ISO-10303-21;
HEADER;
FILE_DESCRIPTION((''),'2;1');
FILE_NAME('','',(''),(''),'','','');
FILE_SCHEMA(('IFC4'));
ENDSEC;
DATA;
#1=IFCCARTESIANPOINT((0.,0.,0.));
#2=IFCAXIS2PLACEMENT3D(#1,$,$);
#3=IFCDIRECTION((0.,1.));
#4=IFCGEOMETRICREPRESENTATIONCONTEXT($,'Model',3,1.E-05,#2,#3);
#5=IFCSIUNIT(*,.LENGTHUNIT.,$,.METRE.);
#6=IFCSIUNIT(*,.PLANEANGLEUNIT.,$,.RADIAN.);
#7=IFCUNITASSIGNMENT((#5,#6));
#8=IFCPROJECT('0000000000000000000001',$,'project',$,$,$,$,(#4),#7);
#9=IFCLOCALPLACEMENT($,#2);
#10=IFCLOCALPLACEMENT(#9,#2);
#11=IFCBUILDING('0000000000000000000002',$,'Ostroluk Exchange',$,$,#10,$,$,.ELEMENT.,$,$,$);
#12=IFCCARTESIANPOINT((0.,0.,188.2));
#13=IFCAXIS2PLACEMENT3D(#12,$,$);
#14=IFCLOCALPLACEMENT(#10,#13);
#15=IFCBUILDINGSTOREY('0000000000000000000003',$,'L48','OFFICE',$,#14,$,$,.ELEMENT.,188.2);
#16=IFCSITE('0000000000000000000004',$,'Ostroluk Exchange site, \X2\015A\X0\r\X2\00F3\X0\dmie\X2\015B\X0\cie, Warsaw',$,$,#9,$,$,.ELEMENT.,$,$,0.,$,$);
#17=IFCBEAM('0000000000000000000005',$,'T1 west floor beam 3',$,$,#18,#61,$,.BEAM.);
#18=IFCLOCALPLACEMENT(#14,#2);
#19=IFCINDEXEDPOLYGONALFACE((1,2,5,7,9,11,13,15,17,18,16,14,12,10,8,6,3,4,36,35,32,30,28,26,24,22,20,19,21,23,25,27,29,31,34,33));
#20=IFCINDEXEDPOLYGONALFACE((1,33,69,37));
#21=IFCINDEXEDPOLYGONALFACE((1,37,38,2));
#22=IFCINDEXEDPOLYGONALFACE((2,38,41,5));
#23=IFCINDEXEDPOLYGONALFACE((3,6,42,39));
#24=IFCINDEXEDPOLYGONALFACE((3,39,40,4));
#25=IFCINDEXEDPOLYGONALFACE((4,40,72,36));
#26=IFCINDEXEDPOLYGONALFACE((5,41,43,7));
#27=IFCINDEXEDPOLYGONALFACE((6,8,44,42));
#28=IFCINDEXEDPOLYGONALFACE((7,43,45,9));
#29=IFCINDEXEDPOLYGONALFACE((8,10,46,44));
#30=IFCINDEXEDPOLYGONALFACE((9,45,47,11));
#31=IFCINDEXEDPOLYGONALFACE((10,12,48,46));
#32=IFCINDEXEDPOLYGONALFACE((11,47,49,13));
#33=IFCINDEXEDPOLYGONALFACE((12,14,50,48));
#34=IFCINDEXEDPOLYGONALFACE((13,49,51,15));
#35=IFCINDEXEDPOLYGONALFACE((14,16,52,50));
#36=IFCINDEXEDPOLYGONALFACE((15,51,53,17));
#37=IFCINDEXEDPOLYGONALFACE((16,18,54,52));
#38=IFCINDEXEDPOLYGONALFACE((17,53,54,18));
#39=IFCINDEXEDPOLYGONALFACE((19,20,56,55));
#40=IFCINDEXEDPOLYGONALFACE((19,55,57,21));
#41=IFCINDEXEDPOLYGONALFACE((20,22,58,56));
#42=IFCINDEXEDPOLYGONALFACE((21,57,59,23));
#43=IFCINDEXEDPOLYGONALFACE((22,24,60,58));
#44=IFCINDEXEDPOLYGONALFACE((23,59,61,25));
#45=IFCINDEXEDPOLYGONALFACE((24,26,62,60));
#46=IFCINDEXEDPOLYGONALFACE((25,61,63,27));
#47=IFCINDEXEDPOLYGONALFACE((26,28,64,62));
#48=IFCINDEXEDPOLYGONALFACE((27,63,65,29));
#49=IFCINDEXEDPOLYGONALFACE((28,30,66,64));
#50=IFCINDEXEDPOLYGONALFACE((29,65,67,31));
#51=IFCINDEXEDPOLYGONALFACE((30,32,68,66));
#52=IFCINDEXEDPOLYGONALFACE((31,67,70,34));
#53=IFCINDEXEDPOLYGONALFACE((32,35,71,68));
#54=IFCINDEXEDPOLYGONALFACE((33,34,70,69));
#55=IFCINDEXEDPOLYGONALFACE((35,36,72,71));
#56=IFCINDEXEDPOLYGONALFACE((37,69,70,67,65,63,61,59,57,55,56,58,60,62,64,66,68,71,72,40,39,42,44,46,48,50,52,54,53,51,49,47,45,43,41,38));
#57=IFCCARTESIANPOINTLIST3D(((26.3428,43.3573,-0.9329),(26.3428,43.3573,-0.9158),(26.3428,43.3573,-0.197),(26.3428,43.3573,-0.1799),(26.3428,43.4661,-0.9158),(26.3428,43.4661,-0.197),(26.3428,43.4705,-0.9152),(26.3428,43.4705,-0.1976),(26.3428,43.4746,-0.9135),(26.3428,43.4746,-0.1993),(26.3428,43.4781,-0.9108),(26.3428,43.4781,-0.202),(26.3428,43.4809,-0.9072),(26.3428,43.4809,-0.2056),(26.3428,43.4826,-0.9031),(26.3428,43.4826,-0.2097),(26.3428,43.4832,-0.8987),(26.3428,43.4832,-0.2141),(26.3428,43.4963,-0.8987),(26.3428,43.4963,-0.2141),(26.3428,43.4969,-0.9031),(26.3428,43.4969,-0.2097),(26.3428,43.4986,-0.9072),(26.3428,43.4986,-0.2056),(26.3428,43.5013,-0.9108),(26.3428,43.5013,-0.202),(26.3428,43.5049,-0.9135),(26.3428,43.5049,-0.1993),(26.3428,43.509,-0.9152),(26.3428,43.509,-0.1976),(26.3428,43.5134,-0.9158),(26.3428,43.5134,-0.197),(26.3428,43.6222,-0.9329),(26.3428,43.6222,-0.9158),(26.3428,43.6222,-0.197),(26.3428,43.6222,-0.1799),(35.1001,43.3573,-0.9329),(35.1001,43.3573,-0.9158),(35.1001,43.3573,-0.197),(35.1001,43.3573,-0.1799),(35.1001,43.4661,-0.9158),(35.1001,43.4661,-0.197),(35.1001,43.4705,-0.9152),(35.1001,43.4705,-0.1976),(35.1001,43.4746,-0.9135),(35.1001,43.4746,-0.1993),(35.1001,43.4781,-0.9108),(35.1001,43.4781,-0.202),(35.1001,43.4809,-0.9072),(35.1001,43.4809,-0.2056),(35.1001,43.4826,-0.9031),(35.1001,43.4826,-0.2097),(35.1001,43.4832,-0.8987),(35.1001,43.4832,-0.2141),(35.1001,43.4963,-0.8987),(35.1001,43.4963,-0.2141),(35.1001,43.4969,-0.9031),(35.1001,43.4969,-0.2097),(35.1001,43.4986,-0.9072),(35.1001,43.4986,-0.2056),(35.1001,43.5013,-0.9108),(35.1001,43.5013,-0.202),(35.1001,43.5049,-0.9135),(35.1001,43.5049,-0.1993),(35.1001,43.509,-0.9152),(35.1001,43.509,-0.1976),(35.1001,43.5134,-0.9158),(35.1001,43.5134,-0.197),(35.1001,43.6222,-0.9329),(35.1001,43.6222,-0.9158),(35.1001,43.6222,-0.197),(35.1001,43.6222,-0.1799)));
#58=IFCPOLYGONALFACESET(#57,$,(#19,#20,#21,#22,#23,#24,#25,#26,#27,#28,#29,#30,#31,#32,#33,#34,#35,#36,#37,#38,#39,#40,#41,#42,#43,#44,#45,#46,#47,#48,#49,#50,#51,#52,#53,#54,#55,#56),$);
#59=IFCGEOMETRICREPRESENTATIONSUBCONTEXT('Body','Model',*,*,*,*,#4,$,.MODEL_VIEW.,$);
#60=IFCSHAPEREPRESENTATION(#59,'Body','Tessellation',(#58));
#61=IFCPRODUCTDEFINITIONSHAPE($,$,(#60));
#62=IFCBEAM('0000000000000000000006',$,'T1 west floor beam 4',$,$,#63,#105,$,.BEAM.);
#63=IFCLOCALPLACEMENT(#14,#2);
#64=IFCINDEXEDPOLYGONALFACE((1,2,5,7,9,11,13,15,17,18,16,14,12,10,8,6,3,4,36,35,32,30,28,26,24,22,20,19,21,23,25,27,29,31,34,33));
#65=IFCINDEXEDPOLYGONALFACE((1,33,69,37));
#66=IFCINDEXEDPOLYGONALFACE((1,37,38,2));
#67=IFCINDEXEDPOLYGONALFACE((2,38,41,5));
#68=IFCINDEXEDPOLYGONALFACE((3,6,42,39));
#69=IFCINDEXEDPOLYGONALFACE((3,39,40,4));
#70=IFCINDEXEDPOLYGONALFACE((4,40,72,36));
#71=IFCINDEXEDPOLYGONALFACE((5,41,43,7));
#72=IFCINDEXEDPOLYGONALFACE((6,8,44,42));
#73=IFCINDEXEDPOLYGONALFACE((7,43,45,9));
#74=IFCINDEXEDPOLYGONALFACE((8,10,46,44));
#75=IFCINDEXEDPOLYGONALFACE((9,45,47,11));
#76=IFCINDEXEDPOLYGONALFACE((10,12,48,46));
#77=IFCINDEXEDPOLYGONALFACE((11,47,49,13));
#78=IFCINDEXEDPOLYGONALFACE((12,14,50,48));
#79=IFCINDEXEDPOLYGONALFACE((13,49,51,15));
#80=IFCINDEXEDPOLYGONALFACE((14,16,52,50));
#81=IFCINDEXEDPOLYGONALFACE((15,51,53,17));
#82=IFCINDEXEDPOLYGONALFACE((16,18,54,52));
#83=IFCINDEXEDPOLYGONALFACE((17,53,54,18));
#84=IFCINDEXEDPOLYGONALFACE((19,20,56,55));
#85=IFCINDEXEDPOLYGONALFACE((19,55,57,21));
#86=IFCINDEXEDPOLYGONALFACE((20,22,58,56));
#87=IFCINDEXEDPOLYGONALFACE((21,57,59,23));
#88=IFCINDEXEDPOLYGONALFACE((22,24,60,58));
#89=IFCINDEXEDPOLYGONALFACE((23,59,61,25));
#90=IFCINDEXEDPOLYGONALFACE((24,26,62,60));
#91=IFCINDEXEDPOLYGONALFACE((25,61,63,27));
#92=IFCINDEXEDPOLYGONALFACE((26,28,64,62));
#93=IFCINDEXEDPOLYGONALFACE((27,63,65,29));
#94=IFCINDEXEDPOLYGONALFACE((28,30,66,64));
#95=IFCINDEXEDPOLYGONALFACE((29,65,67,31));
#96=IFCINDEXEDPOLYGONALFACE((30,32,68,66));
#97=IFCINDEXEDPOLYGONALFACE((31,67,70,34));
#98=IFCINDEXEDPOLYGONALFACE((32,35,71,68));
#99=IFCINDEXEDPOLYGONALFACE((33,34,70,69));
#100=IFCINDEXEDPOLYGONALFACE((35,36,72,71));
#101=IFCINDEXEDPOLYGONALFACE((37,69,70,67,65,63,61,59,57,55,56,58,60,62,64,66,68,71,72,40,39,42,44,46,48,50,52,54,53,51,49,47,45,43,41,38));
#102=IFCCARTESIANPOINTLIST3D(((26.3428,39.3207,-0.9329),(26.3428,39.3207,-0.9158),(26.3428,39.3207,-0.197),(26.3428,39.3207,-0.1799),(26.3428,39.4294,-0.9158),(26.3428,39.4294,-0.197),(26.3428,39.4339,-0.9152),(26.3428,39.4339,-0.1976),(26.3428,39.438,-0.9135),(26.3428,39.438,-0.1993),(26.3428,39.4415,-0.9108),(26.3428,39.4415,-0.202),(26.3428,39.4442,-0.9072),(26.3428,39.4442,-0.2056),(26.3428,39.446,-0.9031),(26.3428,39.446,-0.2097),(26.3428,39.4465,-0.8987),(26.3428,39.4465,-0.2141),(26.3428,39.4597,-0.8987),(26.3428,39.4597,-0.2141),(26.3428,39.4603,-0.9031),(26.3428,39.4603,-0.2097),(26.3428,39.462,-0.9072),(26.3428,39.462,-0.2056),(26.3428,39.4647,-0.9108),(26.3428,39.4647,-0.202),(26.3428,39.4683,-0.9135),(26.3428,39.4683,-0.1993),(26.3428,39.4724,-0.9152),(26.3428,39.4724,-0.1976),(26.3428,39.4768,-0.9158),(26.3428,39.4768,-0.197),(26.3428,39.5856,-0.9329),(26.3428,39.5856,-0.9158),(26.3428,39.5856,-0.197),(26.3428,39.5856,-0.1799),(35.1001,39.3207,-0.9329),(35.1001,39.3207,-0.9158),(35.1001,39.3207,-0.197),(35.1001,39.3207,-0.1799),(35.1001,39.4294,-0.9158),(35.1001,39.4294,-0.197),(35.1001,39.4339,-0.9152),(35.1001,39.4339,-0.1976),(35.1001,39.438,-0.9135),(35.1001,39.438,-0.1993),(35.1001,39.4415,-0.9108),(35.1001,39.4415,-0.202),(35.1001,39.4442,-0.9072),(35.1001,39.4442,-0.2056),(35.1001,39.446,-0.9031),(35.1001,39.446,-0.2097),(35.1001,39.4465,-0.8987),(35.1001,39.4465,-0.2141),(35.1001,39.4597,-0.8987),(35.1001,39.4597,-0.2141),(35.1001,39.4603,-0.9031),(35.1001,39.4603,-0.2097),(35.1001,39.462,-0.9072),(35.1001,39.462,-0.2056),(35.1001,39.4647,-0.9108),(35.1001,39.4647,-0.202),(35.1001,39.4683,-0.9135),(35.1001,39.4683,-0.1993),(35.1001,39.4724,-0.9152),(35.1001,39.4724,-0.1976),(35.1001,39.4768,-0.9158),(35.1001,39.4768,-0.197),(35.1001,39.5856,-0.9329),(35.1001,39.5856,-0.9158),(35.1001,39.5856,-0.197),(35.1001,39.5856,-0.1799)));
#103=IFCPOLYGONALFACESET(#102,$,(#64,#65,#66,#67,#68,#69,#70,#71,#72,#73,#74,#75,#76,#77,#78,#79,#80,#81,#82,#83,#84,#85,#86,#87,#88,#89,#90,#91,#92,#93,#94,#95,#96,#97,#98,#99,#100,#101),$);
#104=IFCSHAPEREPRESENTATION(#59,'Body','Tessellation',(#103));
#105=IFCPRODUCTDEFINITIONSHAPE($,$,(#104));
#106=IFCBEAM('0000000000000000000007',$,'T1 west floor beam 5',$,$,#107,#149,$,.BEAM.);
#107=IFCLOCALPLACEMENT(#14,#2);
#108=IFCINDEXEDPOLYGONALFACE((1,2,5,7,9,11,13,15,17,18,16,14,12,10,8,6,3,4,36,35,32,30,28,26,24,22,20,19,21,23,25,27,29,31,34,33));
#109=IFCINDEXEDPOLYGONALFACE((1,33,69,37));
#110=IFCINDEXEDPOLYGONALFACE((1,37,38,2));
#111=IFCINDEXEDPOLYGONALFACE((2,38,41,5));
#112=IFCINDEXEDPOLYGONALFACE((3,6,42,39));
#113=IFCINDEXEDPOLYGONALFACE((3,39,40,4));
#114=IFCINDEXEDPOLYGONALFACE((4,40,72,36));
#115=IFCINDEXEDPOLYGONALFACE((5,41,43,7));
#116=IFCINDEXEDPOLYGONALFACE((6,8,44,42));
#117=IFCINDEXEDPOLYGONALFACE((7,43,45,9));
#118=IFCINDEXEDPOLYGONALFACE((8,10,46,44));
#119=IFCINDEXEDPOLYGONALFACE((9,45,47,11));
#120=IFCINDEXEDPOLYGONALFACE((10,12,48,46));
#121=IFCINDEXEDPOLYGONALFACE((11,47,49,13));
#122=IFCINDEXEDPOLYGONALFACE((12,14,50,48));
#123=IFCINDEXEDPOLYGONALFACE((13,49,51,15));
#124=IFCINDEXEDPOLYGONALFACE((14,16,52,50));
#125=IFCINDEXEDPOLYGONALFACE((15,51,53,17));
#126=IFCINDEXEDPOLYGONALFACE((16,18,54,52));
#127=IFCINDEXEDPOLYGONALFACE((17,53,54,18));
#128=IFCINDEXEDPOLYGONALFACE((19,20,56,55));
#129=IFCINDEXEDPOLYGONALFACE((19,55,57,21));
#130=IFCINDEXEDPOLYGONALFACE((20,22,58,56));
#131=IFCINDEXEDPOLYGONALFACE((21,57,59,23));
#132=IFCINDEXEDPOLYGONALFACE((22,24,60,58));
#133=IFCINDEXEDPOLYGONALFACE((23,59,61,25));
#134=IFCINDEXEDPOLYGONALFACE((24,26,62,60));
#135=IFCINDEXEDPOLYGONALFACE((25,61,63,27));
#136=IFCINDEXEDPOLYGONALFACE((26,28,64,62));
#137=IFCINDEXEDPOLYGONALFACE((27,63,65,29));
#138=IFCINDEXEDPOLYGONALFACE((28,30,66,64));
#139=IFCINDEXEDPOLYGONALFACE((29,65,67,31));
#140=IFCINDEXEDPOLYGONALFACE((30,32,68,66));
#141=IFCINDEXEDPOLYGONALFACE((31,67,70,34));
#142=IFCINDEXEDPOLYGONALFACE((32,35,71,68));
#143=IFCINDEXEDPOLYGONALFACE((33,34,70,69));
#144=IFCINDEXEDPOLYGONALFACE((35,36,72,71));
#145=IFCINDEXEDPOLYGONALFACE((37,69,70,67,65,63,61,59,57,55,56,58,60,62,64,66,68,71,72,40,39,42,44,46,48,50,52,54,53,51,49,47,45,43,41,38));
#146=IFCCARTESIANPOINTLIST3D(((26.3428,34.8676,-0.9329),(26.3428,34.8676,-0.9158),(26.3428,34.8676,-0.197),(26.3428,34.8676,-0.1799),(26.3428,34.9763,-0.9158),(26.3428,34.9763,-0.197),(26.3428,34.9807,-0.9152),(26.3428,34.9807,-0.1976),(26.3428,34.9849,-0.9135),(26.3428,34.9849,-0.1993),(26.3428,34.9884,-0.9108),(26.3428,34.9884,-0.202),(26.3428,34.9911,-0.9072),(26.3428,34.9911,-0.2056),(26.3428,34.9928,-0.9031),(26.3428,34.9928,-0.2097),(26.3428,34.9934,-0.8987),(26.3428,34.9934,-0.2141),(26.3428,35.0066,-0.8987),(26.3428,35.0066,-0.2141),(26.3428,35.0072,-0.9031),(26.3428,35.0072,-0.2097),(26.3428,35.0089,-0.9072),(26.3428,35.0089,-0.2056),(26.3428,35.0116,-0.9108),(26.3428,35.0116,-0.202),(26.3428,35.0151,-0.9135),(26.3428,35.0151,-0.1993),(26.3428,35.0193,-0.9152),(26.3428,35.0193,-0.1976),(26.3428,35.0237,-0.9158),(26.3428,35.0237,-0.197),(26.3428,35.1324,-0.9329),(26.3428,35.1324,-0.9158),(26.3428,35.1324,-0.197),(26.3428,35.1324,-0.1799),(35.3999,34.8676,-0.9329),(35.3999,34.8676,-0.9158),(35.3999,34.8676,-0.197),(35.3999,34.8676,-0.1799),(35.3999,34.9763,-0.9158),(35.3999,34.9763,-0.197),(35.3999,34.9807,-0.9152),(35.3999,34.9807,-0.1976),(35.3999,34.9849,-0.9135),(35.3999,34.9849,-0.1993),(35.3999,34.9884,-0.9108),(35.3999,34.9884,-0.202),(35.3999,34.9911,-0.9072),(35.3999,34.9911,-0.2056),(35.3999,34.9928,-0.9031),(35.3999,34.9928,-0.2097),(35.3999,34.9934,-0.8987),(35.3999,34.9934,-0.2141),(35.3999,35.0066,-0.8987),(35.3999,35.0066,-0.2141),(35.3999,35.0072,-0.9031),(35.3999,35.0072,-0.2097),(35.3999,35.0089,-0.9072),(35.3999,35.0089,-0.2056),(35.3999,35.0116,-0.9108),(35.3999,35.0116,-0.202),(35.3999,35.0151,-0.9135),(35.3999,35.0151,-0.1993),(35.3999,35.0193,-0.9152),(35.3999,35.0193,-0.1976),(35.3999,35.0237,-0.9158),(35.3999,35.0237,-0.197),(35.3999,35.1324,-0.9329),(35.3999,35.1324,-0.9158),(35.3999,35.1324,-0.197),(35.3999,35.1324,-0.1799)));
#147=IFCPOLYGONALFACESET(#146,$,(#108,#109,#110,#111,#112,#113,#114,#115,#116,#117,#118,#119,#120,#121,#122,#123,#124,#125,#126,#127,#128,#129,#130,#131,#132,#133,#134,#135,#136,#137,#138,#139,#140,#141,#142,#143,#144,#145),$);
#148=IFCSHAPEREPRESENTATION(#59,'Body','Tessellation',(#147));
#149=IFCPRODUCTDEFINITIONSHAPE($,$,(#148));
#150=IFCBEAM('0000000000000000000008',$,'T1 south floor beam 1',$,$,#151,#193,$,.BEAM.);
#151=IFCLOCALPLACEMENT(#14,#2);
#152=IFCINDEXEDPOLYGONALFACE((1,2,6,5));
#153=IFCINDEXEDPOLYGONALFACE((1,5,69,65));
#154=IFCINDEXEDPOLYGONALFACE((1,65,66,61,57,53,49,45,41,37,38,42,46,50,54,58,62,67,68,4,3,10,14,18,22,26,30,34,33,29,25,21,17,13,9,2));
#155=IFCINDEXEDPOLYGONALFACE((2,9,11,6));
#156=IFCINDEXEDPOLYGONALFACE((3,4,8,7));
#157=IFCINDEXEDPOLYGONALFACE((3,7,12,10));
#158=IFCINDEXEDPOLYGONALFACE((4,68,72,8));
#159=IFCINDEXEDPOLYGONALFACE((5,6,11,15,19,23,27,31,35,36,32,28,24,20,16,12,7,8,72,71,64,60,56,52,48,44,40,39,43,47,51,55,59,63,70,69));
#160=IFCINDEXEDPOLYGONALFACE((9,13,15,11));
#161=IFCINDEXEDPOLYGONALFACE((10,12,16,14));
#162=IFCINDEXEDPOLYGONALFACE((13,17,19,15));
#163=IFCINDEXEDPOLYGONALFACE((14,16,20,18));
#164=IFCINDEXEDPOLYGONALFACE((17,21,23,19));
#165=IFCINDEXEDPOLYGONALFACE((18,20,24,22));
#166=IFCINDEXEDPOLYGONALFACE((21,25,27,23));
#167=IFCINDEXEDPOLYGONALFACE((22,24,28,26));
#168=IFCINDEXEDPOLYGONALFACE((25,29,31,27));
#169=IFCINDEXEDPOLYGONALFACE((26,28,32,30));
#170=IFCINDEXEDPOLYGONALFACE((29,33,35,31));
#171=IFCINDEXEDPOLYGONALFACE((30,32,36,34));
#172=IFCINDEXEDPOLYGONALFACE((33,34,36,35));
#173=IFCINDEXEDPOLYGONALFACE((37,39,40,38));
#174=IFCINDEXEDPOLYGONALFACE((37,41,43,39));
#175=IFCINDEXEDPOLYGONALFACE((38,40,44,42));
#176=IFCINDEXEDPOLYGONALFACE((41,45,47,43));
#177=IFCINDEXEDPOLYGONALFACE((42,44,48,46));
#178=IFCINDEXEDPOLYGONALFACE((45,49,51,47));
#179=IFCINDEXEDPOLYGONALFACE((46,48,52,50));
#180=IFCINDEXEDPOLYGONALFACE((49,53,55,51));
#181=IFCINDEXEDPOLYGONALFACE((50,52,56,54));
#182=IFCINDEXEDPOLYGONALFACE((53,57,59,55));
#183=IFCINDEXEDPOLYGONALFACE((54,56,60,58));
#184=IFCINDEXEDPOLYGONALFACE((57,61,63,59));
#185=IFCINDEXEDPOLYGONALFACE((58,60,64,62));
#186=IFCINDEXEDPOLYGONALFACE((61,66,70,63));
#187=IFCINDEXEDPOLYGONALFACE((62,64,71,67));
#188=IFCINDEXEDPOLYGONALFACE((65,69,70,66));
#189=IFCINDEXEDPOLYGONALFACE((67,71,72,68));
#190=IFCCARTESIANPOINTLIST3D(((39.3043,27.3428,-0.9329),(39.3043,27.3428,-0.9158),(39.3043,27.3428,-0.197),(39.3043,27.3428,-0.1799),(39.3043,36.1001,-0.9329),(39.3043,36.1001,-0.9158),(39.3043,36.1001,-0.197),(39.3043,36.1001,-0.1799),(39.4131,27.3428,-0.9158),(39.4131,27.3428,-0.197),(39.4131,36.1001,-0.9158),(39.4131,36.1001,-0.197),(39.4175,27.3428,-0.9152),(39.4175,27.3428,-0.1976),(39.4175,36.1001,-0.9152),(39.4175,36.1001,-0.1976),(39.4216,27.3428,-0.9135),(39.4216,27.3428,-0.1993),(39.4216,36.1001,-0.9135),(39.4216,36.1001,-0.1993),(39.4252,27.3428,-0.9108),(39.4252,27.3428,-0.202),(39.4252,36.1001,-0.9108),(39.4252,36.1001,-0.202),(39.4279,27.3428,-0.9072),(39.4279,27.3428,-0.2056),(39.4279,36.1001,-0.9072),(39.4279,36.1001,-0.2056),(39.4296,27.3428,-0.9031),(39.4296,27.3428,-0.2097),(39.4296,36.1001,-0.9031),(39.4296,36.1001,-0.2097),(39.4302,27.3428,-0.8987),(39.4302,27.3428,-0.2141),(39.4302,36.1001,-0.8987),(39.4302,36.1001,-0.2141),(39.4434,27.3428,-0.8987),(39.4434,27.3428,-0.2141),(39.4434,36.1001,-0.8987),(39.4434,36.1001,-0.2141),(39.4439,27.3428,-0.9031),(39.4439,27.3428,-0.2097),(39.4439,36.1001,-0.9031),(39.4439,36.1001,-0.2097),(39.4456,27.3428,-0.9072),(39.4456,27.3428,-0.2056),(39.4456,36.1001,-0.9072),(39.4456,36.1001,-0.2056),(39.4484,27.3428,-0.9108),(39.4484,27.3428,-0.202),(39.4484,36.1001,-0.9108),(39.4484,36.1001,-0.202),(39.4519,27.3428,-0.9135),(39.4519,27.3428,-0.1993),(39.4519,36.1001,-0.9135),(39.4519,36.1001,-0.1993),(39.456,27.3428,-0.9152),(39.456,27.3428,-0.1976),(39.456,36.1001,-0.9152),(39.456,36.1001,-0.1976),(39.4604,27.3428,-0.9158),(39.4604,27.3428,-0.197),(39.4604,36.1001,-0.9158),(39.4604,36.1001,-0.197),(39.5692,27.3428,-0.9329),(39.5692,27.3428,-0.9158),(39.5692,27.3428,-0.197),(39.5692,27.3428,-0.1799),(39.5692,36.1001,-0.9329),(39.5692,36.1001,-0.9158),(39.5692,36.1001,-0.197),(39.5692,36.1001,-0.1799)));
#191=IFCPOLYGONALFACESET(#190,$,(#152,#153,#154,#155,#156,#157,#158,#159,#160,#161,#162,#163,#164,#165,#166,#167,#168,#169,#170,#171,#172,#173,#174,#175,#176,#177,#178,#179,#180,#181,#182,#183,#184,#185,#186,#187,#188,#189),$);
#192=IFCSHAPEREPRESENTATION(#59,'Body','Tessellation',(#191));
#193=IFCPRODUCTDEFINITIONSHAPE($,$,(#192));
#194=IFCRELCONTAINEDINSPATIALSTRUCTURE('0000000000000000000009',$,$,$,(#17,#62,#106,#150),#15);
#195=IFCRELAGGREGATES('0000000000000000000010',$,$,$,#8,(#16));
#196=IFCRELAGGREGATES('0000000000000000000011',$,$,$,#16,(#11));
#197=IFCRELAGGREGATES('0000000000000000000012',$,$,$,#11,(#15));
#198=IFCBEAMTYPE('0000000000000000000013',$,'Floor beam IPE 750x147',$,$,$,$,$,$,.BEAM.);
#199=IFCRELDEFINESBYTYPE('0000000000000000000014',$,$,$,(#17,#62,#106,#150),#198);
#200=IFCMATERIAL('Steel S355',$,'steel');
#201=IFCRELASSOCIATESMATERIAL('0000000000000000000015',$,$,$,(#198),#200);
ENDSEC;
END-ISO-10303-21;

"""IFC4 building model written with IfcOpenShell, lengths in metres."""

from ifc_helpers import new_model, si_unit, direction, frame, origin, origin_2d, place, context, subcontext, project, spatial, i_section, extrude, material, material_profile, profile_set, type_object, element, save


model = new_model("IFC4")

# Units and contexts
model_context = context("Model", 3, precision=1e-05, world=origin(), true_north=direction((0.0, 1.0)))
body_context = subcontext(model_context, "Body", "Model", "MODEL_VIEW")
ifc_project = project(units=[si_unit("LENGTHUNIT", "METRE"), si_unit("PLANEANGLEUNIT", "RADIAN")], contexts=[model_context])

# Site, building, storey
site_placement = place(None, origin())
site = spatial("IfcSite", under=ifc_project, at=site_placement, Name="Ostroluk Exchange site, Śródmieście, Warsaw", CompositionType="ELEMENT", RefElevation=0.0)
building_placement = place(site_placement, origin())
building = spatial("IfcBuilding", under=site, at=building_placement, Name="Ostroluk Exchange", CompositionType="ELEMENT")
storey_placement = place(building_placement, frame((0.0, 0.0, 188.2)))
storey = spatial("IfcBuildingStorey", under=building, at=storey_placement, Name="L48", Description="OFFICE", CompositionType="ELEMENT", Elevation=188.2)

# Beams
ifc_material_1 = material(Name="Steel S355", Category="steel")
ifc_material_profile_1 = material_profile(ifc_material_1, i_section(OverallWidth=0.2649, OverallDepth=0.7529, WebThickness=0.0132, FlangeThickness=0.0171, FilletRadius=0.0171, at=origin_2d()), Name="IPE 750x147")
ifc_profile_set_1 = profile_set([ifc_material_profile_1], Name="Steel S355")
beam_type_1 = type_object("IfcBeamType", Name="Floor beam IPE 750x147", PredefinedType="BEAM", material=ifc_profile_set_1)
for number, where, z_axis, x_axis, name in (
    (1, (35.1001, 43.4897, -0.5564), (-1.0, 0.0, 0.0), (0.0, -1.0, 0.0), "T1 west floor beam 3"),
    (2, (35.1001, 39.4531, -0.5564), (-1.0, 0.0, 0.0), (0.0, -1.0, 0.0), "T1 west floor beam 4"),
):
    element("IfcBeam", number, at=place(storey_placement, frame(where, z_axis=z_axis, x_axis=x_axis)), inside=storey, type_object=beam_type_1, Name=name, PredefinedType="BEAM", context=body_context, shape_type="SweptSolid", body=[
        extrude(i_section(OverallWidth=0.2649, OverallDepth=0.7529, WebThickness=0.0132, FlangeThickness=0.0171, FilletRadius=0.0171, at=origin_2d()), origin(), (0.0, 0.0, 1.0), 8.7573),
    ])
beam_1_placement = place(storey_placement, frame((35.3999, 35.0, -0.5564), z_axis=(-1.0, 0.0, 0.0), x_axis=(0.0, -1.0, 0.0)))
element("IfcBeam", 3, at=beam_1_placement, inside=storey, type_object=beam_type_1, Name="T1 west floor beam 5", PredefinedType="BEAM", context=body_context, shape_type="SweptSolid", body=[
    extrude(i_section(OverallWidth=0.2649, OverallDepth=0.7529, WebThickness=0.0132, FlangeThickness=0.0171, FilletRadius=0.0171, at=origin_2d()), origin(), (0.0, 0.0, 1.0), 9.0571),
])
beam_2_placement = place(storey_placement, frame((39.4368, 36.1001, -0.5564), z_axis=(0.0, -1.0, 0.0), x_axis=(1.0, 0.0, 0.0)))
element("IfcBeam", 4, at=beam_2_placement, inside=storey, type_object=beam_type_1, Name="T1 south floor beam 1", PredefinedType="BEAM", context=body_context, shape_type="SweptSolid", body=[
    extrude(i_section(OverallWidth=0.2649, OverallDepth=0.7529, WebThickness=0.0132, FlangeThickness=0.0171, FilletRadius=0.0171, at=origin_2d()), origin(), (0.0, 0.0, 1.0), 8.7573),
])

save(model, "model.ifc")
